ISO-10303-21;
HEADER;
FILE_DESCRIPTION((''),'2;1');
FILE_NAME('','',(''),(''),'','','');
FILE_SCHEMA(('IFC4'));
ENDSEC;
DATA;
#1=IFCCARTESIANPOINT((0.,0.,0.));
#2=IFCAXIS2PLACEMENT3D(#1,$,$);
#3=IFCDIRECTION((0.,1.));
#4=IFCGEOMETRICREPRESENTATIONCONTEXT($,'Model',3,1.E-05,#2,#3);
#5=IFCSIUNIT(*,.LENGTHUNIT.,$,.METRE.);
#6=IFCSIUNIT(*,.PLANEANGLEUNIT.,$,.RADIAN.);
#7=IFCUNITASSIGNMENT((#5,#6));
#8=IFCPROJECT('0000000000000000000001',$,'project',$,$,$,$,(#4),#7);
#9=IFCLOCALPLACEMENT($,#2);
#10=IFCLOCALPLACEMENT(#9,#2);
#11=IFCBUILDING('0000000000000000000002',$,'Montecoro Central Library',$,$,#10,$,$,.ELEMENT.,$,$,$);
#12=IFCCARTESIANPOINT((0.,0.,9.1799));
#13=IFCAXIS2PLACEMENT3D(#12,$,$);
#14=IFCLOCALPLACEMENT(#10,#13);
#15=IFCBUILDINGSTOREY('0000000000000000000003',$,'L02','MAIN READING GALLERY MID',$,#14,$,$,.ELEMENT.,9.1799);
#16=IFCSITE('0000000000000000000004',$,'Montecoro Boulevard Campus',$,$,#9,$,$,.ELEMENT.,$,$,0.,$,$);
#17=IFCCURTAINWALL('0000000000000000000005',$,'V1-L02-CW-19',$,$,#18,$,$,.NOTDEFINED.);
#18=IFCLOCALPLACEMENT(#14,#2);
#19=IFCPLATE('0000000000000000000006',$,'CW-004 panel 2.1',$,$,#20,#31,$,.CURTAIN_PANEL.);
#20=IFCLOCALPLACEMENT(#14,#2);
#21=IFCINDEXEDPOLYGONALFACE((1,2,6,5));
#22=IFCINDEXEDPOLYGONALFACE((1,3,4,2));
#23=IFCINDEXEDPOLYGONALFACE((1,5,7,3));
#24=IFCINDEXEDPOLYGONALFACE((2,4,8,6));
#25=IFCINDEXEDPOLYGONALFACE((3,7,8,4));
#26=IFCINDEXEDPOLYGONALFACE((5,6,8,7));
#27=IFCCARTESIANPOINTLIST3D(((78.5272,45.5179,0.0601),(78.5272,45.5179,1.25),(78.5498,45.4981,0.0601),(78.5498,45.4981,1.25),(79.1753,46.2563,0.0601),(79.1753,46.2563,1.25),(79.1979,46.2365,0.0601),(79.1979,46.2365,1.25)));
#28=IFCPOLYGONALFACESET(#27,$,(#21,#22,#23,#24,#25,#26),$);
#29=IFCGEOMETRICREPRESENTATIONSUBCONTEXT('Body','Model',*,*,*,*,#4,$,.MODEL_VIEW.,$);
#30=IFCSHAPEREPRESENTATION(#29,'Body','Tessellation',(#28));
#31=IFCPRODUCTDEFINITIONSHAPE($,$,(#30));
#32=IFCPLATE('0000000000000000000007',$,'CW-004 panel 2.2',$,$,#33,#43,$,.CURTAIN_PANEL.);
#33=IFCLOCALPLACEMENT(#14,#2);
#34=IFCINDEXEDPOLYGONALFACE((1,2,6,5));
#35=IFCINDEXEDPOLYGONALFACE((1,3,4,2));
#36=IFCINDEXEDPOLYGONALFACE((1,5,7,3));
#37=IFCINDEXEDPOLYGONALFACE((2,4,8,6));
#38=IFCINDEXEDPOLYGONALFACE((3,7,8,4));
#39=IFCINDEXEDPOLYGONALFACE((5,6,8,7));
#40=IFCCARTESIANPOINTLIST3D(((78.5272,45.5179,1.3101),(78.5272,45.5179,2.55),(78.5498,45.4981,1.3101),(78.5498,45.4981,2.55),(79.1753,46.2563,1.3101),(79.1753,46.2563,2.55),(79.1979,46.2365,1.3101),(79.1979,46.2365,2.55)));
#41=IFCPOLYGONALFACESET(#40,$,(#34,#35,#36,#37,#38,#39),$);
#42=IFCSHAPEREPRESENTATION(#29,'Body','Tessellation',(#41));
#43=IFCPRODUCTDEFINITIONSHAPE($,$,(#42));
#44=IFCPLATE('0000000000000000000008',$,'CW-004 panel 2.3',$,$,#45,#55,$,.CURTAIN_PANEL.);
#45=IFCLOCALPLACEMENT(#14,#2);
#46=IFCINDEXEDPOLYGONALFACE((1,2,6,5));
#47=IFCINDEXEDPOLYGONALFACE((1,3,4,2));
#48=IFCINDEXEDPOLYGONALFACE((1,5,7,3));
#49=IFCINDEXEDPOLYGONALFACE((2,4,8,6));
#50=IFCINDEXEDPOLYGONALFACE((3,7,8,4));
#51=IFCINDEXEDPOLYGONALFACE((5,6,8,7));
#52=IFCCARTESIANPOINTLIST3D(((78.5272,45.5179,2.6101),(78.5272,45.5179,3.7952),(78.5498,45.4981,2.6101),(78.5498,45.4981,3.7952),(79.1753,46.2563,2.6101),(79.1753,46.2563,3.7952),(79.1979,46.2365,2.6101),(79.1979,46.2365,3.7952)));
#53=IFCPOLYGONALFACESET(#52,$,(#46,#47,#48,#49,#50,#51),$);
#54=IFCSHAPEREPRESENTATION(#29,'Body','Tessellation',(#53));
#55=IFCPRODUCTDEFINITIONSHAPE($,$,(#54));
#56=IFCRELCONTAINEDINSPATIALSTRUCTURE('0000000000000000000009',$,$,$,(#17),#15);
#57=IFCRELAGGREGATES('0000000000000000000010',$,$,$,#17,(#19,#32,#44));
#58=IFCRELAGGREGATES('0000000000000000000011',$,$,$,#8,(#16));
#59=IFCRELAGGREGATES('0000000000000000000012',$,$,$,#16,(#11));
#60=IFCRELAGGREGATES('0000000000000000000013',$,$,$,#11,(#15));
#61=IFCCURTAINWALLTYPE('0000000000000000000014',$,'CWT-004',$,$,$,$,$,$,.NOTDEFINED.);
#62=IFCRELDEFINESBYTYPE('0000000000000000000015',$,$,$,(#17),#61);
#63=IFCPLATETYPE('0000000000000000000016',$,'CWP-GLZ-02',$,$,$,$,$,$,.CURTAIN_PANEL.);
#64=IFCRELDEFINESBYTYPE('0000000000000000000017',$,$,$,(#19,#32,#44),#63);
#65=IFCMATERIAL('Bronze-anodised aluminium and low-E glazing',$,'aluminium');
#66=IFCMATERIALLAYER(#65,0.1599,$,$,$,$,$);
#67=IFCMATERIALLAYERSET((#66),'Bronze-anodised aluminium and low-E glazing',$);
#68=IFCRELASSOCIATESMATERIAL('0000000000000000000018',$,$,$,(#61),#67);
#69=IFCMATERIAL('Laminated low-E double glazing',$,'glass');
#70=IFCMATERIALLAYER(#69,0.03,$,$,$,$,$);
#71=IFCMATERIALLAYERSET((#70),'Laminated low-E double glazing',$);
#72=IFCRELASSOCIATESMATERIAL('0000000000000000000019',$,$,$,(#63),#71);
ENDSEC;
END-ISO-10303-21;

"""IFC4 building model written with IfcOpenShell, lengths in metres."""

from ifc_helpers import new_model, si_unit, direction, frame, origin, origin_2d, place, context, subcontext, project, spatial, rectangle, extrude, material, layer, layer_set, type_object, element, aggregate, save


model = new_model("IFC4")

# Units and contexts
model_context = context("Model", 3, precision=1e-05, world=origin(), true_north=direction((0.0, 1.0)))
body_context = subcontext(model_context, "Body", "Model", "MODEL_VIEW")
ifc_project = project(units=[si_unit("LENGTHUNIT", "METRE"), si_unit("PLANEANGLEUNIT", "RADIAN")], contexts=[model_context])

# Site, building, storey
site_placement = place(None, origin())
site = spatial("IfcSite", under=ifc_project, at=site_placement, Name="Montecoro Boulevard Campus", CompositionType="ELEMENT", RefElevation=0.0)
building_placement = place(site_placement, origin())
building = spatial("IfcBuilding", under=site, at=building_placement, Name="Montecoro Central Library", CompositionType="ELEMENT")
storey_placement = place(building_placement, frame((0.0, 0.0, 9.1799)))
storey = spatial("IfcBuildingStorey", under=building, at=storey_placement, Name="L02", Description="MAIN READING GALLERY MID", CompositionType="ELEMENT", Elevation=9.1799)

# Curtain wall, plates
ifc_material_1 = material(Name="Bronze-anodised aluminium and low-E glazing", Category="aluminium")
ifc_layer_1 = layer(ifc_material_1, 0.1599)
ifc_layer_set_1 = layer_set([ifc_layer_1], Name="Bronze-anodised aluminium and low-E glazing")
curtain_wall_type = type_object("IfcCurtainWallType", Name="CWT-004", PredefinedType="NOTDEFINED", material=ifc_layer_set_1)
curtain_wall_placement = place(storey_placement, origin())
curtain_wall = element("IfcCurtainWall", 1, at=curtain_wall_placement, inside=storey, type_object=curtain_wall_type, Name="V1-L02-CW-19", PredefinedType="NOTDEFINED")
ifc_material_2 = material(Name="Laminated low-E double glazing", Category="glass")
ifc_layer_2 = layer(ifc_material_2, 0.03)
ifc_layer_set_2 = layer_set([ifc_layer_2], Name="Laminated low-E double glazing")
plate_type = type_object("IfcPlateType", Name="CWP-GLZ-02", PredefinedType="CURTAIN_PANEL", material=ifc_layer_set_2)
plate_1_placement = place(storey_placement, frame((78.8625, 45.8772, 0.0601), z_axis=(0.0, 0.0, 1.0), x_axis=(-0.659692, -0.751536, 0.0)))
plate_1 = element("IfcPlate", 2, at=plate_1_placement, type_object=plate_type, Name="CW-004 panel 2.1", PredefinedType="CURTAIN_PANEL", context=body_context, shape_type="SweptSolid", body=[
    extrude(rectangle(XDim=0.9824, YDim=0.03, at=origin_2d()), origin(), (0.0, 0.0, 1.0), 1.1899),
])
plate_2_placement = place(storey_placement, frame((78.8625, 45.8772, 1.3101), z_axis=(0.0, 0.0, 1.0), x_axis=(-0.659692, -0.751536, 0.0)))
plate_2 = element("IfcPlate", 3, at=plate_2_placement, type_object=plate_type, Name="CW-004 panel 2.2", PredefinedType="CURTAIN_PANEL", context=body_context, shape_type="SweptSolid", body=[
    extrude(rectangle(XDim=0.9824, YDim=0.03, at=origin_2d()), origin(), (0.0, 0.0, 1.0), 1.24),
])
plate_3_placement = place(storey_placement, frame((78.8625, 45.8772, 2.6101), z_axis=(0.0, 0.0, 1.0), x_axis=(-0.659692, -0.751536, 0.0)))
plate_3 = element("IfcPlate", 4, at=plate_3_placement, type_object=plate_type, Name="CW-004 panel 2.3", PredefinedType="CURTAIN_PANEL", context=body_context, shape_type="SweptSolid", body=[
    extrude(rectangle(XDim=0.9824, YDim=0.03, at=origin_2d()), origin(), (0.0, 0.0, 1.0), 1.1851),
])
aggregate(curtain_wall, [plate_1, plate_2, plate_3])

save(model, "model.ifc")
